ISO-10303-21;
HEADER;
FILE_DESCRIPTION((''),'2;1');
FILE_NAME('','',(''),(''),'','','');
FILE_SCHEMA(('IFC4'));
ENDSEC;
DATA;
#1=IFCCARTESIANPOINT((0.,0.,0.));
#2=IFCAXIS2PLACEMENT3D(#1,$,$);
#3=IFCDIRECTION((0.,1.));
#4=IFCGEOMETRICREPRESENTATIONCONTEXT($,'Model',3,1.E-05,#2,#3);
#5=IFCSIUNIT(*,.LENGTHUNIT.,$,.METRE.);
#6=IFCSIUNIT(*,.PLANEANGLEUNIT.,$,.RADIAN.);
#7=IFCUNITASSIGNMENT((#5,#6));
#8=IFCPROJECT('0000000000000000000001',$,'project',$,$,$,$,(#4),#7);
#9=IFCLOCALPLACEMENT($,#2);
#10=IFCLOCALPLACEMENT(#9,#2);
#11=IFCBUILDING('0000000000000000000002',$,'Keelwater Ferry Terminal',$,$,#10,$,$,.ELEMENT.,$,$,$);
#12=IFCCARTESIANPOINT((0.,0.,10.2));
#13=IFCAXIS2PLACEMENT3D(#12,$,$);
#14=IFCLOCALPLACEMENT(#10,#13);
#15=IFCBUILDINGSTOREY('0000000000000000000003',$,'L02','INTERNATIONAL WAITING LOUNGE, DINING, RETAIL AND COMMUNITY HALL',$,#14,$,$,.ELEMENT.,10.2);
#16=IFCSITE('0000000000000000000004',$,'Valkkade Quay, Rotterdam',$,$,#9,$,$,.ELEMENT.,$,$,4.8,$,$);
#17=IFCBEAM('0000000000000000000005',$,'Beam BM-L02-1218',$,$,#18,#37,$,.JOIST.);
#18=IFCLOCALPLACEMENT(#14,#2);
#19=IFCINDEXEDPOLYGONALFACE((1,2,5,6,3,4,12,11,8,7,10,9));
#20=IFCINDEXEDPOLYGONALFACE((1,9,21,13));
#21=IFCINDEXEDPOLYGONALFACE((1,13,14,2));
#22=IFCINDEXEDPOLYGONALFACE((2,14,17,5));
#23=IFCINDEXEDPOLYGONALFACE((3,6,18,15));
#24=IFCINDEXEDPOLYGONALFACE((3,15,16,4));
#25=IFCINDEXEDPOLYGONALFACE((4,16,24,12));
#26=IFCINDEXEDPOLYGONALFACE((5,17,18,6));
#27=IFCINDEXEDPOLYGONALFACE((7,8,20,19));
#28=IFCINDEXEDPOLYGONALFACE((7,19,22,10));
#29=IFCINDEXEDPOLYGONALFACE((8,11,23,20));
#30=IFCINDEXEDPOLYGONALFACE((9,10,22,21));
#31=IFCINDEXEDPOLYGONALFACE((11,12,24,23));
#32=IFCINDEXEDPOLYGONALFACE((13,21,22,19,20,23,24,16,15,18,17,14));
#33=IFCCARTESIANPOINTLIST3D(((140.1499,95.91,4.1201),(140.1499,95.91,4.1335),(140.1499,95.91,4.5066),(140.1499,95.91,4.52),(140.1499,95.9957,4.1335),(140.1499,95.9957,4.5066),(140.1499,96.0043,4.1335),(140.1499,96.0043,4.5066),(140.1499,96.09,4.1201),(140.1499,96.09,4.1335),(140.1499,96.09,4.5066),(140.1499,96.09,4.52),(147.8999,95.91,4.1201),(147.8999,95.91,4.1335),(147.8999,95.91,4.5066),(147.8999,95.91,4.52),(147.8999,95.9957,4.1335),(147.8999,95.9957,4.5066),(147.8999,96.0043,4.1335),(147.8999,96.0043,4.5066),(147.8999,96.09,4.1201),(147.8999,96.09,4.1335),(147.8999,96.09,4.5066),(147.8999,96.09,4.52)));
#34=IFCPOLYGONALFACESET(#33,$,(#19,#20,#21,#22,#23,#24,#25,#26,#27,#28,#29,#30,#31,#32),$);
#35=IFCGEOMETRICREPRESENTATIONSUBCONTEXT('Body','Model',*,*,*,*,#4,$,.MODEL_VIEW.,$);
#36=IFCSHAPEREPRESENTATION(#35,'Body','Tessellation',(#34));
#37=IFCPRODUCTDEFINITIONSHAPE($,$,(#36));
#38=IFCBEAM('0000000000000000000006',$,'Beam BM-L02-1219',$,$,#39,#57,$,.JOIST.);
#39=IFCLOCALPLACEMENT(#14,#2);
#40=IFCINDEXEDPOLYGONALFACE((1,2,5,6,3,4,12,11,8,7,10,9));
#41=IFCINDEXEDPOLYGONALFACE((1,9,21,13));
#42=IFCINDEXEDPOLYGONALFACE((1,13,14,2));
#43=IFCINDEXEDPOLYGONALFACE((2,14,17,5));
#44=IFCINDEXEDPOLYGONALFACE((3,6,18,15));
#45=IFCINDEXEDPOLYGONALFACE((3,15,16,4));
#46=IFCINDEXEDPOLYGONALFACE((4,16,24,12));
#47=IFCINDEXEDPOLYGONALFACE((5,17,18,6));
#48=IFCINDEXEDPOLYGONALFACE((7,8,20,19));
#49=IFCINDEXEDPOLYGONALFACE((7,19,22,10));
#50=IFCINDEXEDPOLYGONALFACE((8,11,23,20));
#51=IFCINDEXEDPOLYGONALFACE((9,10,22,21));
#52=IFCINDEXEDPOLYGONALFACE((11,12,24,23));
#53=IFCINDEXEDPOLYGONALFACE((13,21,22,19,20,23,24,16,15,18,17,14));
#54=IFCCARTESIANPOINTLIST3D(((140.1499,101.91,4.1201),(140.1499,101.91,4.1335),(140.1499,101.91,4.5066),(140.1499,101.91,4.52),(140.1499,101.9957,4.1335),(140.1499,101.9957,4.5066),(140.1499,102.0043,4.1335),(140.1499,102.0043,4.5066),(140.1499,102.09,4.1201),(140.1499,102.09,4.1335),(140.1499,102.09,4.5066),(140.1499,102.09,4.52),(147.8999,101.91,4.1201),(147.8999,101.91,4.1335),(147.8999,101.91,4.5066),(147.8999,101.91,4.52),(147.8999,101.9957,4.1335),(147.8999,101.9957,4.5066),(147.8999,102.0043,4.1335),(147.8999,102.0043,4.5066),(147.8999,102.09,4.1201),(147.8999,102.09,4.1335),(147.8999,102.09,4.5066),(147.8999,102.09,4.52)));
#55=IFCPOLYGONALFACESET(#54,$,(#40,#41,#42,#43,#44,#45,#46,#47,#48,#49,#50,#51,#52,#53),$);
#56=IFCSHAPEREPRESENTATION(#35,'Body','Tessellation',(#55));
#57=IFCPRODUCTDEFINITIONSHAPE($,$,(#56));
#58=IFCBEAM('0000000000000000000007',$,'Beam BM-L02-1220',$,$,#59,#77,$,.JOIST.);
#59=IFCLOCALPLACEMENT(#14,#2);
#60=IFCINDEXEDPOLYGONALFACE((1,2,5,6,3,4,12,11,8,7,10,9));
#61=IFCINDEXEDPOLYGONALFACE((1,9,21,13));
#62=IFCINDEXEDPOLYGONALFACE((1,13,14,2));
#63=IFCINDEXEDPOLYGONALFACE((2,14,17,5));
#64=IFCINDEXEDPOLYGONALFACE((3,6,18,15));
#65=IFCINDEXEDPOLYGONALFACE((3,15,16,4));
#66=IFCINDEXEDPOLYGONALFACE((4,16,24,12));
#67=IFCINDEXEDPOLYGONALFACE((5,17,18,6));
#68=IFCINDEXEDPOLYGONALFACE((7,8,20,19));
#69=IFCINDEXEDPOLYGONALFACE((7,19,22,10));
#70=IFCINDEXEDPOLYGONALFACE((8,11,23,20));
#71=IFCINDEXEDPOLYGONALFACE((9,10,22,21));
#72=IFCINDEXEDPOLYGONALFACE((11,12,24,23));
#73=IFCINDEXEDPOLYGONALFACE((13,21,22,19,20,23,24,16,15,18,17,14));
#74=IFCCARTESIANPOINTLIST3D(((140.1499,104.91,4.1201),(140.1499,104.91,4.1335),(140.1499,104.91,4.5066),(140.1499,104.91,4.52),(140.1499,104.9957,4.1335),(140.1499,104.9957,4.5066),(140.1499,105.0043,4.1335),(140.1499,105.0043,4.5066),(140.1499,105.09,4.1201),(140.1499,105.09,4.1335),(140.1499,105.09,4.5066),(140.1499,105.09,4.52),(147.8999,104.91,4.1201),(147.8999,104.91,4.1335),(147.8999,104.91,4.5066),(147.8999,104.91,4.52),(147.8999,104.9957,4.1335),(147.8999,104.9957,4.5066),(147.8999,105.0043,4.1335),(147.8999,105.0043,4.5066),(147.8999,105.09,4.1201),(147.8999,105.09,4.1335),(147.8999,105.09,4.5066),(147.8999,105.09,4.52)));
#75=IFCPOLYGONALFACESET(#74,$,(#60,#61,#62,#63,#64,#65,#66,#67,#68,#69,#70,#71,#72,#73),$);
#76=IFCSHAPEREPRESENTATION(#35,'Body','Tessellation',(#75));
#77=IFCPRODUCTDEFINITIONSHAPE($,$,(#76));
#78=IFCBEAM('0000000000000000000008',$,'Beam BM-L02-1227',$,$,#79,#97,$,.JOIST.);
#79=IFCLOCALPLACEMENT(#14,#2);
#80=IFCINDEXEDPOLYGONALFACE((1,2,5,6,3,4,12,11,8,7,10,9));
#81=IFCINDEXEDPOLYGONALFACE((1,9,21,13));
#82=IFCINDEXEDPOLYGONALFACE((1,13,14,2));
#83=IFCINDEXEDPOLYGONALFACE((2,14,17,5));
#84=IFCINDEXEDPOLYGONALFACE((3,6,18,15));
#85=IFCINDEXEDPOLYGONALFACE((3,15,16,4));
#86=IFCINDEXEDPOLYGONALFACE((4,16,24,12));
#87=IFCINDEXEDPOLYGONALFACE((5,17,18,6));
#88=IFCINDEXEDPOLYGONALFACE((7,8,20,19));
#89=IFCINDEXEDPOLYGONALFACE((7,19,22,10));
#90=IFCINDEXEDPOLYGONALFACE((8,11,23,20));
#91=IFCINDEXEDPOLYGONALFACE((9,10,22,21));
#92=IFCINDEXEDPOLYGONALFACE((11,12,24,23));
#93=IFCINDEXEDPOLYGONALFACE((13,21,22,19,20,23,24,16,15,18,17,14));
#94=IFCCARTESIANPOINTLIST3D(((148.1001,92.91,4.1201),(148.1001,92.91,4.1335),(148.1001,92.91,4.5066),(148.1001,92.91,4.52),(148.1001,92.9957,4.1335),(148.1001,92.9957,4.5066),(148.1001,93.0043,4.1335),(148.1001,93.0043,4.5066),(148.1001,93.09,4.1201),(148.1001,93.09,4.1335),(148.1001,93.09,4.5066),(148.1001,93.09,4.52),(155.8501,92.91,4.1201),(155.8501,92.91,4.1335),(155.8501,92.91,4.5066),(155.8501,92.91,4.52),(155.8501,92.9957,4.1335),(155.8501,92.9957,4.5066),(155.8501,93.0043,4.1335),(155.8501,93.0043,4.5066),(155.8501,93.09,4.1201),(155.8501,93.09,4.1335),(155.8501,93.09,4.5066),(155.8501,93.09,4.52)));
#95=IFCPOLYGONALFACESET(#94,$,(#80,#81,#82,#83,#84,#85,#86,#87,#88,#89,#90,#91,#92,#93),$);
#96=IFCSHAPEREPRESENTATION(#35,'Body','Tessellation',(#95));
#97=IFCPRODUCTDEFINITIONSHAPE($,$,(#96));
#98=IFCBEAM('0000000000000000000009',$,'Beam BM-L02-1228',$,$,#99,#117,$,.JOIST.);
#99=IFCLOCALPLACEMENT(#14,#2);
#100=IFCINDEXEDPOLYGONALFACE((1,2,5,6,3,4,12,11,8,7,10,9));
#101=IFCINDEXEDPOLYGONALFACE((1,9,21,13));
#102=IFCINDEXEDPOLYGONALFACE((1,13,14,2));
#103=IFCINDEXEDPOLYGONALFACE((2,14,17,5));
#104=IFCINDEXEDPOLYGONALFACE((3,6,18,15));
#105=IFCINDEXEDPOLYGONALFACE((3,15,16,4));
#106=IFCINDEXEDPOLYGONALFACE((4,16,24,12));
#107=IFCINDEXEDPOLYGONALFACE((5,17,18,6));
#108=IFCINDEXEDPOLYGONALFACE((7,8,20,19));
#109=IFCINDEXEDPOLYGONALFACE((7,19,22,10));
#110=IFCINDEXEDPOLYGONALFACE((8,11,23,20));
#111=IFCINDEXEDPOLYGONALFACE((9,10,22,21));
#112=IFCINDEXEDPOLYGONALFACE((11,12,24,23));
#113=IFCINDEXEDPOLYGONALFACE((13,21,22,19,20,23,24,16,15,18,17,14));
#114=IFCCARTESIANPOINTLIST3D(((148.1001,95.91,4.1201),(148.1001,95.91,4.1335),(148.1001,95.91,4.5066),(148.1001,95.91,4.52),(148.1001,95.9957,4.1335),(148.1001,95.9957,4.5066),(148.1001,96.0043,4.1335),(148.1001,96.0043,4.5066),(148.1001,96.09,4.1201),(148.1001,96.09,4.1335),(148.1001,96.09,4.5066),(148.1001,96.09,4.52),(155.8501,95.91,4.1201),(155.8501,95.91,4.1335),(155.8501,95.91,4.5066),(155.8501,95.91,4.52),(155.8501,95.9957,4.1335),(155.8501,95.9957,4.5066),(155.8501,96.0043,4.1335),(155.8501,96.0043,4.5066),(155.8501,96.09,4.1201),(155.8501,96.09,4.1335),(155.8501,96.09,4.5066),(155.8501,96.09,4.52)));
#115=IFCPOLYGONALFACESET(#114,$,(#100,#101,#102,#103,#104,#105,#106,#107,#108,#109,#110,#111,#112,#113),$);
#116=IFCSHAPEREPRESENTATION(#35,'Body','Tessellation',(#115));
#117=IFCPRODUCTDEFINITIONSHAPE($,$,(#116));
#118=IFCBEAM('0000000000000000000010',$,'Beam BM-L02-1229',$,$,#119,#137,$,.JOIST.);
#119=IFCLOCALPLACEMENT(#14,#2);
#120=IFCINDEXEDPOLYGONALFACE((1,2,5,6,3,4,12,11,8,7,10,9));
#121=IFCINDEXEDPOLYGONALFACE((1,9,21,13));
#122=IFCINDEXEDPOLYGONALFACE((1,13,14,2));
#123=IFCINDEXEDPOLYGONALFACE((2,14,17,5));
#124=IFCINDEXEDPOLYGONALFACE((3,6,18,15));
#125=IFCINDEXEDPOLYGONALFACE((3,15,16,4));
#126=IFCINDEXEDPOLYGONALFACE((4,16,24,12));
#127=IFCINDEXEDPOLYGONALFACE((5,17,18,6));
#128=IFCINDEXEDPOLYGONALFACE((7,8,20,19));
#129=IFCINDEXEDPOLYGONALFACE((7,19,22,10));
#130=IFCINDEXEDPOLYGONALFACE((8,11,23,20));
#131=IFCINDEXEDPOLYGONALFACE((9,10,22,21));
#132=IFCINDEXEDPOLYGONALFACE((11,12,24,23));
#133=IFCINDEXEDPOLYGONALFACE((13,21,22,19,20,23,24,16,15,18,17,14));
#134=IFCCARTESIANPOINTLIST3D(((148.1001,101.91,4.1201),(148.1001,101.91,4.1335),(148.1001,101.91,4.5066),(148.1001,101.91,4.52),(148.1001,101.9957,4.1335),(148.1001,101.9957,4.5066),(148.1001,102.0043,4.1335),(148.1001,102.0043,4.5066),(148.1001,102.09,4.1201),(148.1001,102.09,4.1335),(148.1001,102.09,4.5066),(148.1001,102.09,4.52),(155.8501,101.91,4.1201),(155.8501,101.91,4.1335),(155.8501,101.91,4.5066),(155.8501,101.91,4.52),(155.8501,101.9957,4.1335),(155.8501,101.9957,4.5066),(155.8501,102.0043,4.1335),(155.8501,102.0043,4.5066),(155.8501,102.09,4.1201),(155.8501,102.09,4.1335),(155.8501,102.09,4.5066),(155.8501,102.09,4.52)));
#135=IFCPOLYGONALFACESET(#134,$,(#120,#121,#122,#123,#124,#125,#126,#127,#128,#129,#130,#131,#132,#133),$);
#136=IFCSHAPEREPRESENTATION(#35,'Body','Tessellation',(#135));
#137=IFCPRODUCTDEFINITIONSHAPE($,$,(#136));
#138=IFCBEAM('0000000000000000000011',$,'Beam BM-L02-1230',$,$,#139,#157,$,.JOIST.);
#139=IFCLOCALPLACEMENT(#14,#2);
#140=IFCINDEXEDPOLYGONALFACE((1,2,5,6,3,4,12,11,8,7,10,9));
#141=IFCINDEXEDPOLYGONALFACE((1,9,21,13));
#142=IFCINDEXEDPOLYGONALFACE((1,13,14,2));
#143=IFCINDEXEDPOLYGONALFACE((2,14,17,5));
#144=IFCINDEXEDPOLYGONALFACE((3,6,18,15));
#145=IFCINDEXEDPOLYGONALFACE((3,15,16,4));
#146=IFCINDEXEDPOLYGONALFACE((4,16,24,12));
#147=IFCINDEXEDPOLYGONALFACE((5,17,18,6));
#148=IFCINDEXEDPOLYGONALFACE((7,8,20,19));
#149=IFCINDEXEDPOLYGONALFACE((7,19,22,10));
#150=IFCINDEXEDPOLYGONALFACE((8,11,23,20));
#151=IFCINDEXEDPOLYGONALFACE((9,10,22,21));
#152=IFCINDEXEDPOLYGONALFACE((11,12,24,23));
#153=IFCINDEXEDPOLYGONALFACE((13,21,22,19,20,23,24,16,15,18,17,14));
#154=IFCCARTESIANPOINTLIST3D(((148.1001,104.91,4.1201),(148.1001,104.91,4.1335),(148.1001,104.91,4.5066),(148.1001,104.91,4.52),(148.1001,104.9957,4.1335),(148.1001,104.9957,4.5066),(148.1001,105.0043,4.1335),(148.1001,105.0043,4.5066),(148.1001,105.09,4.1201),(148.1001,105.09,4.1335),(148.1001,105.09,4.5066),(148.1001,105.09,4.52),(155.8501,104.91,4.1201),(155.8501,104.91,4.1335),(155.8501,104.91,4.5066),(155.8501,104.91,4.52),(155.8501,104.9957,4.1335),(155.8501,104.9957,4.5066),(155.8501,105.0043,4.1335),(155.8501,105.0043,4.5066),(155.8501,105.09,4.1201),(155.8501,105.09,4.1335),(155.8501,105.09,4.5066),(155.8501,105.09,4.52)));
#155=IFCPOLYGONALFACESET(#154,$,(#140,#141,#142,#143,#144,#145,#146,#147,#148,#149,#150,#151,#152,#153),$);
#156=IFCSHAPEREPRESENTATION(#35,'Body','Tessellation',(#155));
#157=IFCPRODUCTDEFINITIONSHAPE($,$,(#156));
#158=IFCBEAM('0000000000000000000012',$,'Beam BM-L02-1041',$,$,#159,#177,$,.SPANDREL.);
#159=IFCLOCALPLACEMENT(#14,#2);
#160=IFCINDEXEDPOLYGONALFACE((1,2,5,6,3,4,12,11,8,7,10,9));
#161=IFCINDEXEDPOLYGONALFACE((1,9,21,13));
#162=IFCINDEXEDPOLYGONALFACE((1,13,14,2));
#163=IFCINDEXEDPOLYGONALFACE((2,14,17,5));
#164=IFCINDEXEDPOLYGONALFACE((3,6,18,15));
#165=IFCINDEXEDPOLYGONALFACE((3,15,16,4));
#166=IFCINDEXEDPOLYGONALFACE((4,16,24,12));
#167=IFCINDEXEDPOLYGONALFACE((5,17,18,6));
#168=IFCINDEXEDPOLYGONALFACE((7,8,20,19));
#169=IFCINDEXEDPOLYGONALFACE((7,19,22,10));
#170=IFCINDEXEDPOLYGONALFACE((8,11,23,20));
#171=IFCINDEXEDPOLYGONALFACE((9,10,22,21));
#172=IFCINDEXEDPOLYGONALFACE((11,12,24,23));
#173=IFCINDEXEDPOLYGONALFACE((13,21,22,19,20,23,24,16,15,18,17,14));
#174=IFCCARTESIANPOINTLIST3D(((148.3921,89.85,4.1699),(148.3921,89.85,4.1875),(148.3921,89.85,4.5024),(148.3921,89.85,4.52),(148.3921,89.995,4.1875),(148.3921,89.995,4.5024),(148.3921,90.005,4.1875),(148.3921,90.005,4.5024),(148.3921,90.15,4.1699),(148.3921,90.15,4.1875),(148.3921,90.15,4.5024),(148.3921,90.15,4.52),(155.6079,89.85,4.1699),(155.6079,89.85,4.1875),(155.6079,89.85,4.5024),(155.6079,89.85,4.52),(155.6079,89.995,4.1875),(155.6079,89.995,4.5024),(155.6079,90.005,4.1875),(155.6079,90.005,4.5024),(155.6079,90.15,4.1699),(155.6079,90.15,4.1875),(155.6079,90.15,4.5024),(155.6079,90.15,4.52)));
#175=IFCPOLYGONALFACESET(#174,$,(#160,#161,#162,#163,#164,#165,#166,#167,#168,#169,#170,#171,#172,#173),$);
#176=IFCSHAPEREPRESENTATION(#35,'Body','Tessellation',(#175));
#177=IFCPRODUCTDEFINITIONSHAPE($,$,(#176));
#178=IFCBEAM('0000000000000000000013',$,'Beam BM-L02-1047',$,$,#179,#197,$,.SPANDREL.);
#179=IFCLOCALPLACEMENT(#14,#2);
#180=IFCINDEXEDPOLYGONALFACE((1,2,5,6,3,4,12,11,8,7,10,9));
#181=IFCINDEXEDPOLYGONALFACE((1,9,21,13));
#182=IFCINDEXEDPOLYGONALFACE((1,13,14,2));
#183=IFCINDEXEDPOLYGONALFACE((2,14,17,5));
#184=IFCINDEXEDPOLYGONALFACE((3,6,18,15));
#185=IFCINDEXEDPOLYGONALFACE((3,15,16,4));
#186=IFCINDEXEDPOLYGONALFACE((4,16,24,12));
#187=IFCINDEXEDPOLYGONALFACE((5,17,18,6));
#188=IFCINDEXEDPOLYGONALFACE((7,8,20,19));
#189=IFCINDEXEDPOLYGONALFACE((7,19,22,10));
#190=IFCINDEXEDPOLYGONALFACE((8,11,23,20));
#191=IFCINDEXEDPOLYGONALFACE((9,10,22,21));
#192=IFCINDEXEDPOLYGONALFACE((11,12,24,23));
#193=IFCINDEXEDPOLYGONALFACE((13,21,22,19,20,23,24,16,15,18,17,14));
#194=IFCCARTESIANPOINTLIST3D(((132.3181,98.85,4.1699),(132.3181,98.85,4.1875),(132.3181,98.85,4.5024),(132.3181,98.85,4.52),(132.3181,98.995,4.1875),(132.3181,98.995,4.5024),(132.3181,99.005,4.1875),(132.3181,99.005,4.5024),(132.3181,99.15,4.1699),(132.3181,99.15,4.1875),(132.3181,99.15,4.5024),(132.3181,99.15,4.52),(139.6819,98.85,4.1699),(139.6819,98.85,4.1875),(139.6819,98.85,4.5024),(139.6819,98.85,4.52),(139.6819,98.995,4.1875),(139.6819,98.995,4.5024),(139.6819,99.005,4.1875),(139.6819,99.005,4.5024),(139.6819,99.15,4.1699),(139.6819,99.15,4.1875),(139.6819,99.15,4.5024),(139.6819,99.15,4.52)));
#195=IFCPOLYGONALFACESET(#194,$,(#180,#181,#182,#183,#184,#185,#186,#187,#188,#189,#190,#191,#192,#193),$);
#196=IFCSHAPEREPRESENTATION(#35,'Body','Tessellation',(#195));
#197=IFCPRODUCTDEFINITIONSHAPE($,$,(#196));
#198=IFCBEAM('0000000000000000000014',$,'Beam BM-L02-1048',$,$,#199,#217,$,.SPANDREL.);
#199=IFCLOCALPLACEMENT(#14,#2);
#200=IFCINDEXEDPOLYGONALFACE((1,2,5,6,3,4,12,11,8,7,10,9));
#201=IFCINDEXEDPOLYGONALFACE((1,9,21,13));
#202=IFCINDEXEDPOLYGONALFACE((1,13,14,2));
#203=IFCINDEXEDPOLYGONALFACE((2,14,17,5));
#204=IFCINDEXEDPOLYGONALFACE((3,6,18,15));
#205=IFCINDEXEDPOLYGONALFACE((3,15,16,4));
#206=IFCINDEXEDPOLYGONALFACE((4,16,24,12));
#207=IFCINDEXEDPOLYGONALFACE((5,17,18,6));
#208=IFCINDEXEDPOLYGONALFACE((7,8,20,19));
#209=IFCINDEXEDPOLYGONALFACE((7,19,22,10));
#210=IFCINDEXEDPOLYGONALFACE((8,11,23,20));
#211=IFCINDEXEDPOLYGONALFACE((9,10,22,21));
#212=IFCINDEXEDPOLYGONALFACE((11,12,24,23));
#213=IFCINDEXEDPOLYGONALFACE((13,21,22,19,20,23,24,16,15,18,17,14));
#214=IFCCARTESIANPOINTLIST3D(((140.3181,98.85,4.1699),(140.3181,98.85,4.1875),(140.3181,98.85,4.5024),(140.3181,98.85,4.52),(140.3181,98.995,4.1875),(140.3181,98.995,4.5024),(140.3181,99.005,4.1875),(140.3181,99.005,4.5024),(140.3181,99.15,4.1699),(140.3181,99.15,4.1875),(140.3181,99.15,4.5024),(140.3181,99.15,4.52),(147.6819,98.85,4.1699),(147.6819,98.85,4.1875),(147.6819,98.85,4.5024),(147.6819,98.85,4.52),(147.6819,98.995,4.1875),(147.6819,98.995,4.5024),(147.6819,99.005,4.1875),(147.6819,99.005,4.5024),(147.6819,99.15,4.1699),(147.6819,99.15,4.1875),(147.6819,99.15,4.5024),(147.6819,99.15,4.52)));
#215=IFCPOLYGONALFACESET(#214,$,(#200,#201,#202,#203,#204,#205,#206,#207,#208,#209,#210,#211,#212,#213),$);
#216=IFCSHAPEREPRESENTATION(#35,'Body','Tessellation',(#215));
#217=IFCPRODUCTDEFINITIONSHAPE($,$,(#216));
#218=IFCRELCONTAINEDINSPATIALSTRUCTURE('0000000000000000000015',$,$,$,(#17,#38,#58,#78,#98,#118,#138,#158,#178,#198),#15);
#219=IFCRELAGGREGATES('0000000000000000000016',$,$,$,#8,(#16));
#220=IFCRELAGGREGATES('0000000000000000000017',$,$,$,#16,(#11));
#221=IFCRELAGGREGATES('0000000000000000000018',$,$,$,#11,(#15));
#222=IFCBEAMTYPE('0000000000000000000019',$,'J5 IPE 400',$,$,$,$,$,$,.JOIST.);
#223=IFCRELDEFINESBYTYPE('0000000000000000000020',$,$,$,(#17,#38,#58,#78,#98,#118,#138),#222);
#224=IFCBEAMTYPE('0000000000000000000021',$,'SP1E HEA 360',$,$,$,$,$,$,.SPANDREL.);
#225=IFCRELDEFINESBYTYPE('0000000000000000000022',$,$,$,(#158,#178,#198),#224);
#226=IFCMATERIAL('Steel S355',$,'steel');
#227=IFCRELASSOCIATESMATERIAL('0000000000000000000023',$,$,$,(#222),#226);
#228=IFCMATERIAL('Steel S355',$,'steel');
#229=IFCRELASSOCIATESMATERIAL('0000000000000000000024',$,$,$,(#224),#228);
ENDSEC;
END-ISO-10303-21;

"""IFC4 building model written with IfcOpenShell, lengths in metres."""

from ifc_helpers import new_model, si_unit, direction, frame, origin, origin_2d, place, context, subcontext, project, spatial, i_section, extrude, material, material_profile, profile_set, type_object, element, save


model = new_model("IFC4")

# Units and contexts
model_context = context("Model", 3, precision=1e-05, world=origin(), true_north=direction((0.0, 1.0)))
body_context = subcontext(model_context, "Body", "Model", "MODEL_VIEW")
ifc_project = project(units=[si_unit("LENGTHUNIT", "METRE"), si_unit("PLANEANGLEUNIT", "RADIAN")], contexts=[model_context])

# Site, building, storey
site_placement = place(None, origin())
site = spatial("IfcSite", under=ifc_project, at=site_placement, Name="Valkkade Quay, Rotterdam", CompositionType="ELEMENT", RefElevation=4.8)
building_placement = place(site_placement, origin())
building = spatial("IfcBuilding", under=site, at=building_placement, Name="Keelwater Ferry Terminal", CompositionType="ELEMENT")
storey_placement = place(building_placement, frame((0.0, 0.0, 10.2)))
storey = spatial("IfcBuildingStorey", under=building, at=storey_placement, Name="L02", Description="INTERNATIONAL WAITING LOUNGE, DINING, RETAIL AND COMMUNITY HALL", CompositionType="ELEMENT", Elevation=10.2)

# Beams
ifc_material_1 = material(Name="Steel S355", Category="steel")
ifc_material_profile_1 = material_profile(ifc_material_1, i_section(OverallWidth=0.1799, OverallDepth=0.3999, WebThickness=0.0085, FlangeThickness=0.0134, at=origin_2d()), Name="IPE 400")
ifc_profile_set_1 = profile_set([ifc_material_profile_1], Name="Steel S355")
beam_type_1 = type_object("IfcBeamType", Name="J5 IPE 400", PredefinedType="JOIST", material=ifc_profile_set_1)
for number, where, z_axis, x_axis, name in (
    (1, (140.1499, 96.0, 4.3201), (1.0, 0.0, 0.0), (0.0, 1.0, 0.0), "Beam BM-L02-1218"),
    (2, (140.1499, 102.0, 4.3201), (1.0, 0.0, 0.0), (0.0, 1.0, 0.0), "Beam BM-L02-1219"),
    (3, (140.1499, 105.0, 4.3201), (1.0, 0.0, 0.0), (0.0, 1.0, 0.0), "Beam BM-L02-1220"),
    (4, (148.1001, 93.0, 4.3201), (1.0, 0.0, 0.0), (0.0, 1.0, 0.0), "Beam BM-L02-1227"),
    (5, (148.1001, 96.0, 4.3201), (1.0, 0.0, 0.0), (0.0, 1.0, 0.0), "Beam BM-L02-1228"),
    (6, (148.1001, 102.0, 4.3201), (1.0, 0.0, 0.0), (0.0, 1.0, 0.0), "Beam BM-L02-1229"),
    (7, (148.1001, 105.0, 4.3201), (1.0, 0.0, 0.0), (0.0, 1.0, 0.0), "Beam BM-L02-1230"),
):
    element("IfcBeam", number, at=place(storey_placement, frame(where, z_axis=z_axis, x_axis=x_axis)), inside=storey, type_object=beam_type_1, Name=name, PredefinedType="JOIST", context=body_context, shape_type="SweptSolid", body=[
        extrude(i_section(OverallWidth=0.1799, OverallDepth=0.3999, WebThickness=0.0085, FlangeThickness=0.0134, at=origin_2d()), origin(), (0.0, 0.0, 1.0), 7.75),
    ])
ifc_material_2 = material(Name="Steel S355", Category="steel")
ifc_material_profile_2 = material_profile(ifc_material_2, i_section(OverallWidth=0.3, OverallDepth=0.3501, WebThickness=0.01, FlangeThickness=0.0176, at=origin_2d()), Name="HEA 360")
ifc_profile_set_2 = profile_set([ifc_material_profile_2], Name="Steel S355")
beam_type_2 = type_object("IfcBeamType", Name="SP1E HEA 360", PredefinedType="SPANDREL", material=ifc_profile_set_2)
beam_1_placement = place(storey_placement, frame((148.3921, 90.0, 4.345), z_axis=(1.0, 0.0, 0.0), x_axis=(0.0, 1.0, 0.0)))
element("IfcBeam", 8, at=beam_1_placement, inside=storey, type_object=beam_type_2, Name="Beam BM-L02-1041", PredefinedType="SPANDREL", context=body_context, shape_type="SweptSolid", body=[
    extrude(i_section(OverallWidth=0.3, OverallDepth=0.3501, WebThickness=0.01, FlangeThickness=0.0176, at=origin_2d()), origin(), (0.0, 0.0, 1.0), 7.2158),
])
for number, where, z_axis, x_axis, name in (
    (9, (132.3181, 99.0, 4.345), (1.0, 0.0, 0.0), (0.0, 1.0, 0.0), "Beam BM-L02-1047"),
    (10, (140.3181, 99.0, 4.345), (1.0, 0.0, 0.0), (0.0, 1.0, 0.0), "Beam BM-L02-1048"),
):
    element("IfcBeam", number, at=place(storey_placement, frame(where, z_axis=z_axis, x_axis=x_axis)), inside=storey, type_object=beam_type_2, Name=name, PredefinedType="SPANDREL", context=body_context, shape_type="SweptSolid", body=[
        extrude(i_section(OverallWidth=0.3, OverallDepth=0.3501, WebThickness=0.01, FlangeThickness=0.0176, at=origin_2d()), origin(), (0.0, 0.0, 1.0), 7.3638),
    ])

save(model, "model.ifc")
